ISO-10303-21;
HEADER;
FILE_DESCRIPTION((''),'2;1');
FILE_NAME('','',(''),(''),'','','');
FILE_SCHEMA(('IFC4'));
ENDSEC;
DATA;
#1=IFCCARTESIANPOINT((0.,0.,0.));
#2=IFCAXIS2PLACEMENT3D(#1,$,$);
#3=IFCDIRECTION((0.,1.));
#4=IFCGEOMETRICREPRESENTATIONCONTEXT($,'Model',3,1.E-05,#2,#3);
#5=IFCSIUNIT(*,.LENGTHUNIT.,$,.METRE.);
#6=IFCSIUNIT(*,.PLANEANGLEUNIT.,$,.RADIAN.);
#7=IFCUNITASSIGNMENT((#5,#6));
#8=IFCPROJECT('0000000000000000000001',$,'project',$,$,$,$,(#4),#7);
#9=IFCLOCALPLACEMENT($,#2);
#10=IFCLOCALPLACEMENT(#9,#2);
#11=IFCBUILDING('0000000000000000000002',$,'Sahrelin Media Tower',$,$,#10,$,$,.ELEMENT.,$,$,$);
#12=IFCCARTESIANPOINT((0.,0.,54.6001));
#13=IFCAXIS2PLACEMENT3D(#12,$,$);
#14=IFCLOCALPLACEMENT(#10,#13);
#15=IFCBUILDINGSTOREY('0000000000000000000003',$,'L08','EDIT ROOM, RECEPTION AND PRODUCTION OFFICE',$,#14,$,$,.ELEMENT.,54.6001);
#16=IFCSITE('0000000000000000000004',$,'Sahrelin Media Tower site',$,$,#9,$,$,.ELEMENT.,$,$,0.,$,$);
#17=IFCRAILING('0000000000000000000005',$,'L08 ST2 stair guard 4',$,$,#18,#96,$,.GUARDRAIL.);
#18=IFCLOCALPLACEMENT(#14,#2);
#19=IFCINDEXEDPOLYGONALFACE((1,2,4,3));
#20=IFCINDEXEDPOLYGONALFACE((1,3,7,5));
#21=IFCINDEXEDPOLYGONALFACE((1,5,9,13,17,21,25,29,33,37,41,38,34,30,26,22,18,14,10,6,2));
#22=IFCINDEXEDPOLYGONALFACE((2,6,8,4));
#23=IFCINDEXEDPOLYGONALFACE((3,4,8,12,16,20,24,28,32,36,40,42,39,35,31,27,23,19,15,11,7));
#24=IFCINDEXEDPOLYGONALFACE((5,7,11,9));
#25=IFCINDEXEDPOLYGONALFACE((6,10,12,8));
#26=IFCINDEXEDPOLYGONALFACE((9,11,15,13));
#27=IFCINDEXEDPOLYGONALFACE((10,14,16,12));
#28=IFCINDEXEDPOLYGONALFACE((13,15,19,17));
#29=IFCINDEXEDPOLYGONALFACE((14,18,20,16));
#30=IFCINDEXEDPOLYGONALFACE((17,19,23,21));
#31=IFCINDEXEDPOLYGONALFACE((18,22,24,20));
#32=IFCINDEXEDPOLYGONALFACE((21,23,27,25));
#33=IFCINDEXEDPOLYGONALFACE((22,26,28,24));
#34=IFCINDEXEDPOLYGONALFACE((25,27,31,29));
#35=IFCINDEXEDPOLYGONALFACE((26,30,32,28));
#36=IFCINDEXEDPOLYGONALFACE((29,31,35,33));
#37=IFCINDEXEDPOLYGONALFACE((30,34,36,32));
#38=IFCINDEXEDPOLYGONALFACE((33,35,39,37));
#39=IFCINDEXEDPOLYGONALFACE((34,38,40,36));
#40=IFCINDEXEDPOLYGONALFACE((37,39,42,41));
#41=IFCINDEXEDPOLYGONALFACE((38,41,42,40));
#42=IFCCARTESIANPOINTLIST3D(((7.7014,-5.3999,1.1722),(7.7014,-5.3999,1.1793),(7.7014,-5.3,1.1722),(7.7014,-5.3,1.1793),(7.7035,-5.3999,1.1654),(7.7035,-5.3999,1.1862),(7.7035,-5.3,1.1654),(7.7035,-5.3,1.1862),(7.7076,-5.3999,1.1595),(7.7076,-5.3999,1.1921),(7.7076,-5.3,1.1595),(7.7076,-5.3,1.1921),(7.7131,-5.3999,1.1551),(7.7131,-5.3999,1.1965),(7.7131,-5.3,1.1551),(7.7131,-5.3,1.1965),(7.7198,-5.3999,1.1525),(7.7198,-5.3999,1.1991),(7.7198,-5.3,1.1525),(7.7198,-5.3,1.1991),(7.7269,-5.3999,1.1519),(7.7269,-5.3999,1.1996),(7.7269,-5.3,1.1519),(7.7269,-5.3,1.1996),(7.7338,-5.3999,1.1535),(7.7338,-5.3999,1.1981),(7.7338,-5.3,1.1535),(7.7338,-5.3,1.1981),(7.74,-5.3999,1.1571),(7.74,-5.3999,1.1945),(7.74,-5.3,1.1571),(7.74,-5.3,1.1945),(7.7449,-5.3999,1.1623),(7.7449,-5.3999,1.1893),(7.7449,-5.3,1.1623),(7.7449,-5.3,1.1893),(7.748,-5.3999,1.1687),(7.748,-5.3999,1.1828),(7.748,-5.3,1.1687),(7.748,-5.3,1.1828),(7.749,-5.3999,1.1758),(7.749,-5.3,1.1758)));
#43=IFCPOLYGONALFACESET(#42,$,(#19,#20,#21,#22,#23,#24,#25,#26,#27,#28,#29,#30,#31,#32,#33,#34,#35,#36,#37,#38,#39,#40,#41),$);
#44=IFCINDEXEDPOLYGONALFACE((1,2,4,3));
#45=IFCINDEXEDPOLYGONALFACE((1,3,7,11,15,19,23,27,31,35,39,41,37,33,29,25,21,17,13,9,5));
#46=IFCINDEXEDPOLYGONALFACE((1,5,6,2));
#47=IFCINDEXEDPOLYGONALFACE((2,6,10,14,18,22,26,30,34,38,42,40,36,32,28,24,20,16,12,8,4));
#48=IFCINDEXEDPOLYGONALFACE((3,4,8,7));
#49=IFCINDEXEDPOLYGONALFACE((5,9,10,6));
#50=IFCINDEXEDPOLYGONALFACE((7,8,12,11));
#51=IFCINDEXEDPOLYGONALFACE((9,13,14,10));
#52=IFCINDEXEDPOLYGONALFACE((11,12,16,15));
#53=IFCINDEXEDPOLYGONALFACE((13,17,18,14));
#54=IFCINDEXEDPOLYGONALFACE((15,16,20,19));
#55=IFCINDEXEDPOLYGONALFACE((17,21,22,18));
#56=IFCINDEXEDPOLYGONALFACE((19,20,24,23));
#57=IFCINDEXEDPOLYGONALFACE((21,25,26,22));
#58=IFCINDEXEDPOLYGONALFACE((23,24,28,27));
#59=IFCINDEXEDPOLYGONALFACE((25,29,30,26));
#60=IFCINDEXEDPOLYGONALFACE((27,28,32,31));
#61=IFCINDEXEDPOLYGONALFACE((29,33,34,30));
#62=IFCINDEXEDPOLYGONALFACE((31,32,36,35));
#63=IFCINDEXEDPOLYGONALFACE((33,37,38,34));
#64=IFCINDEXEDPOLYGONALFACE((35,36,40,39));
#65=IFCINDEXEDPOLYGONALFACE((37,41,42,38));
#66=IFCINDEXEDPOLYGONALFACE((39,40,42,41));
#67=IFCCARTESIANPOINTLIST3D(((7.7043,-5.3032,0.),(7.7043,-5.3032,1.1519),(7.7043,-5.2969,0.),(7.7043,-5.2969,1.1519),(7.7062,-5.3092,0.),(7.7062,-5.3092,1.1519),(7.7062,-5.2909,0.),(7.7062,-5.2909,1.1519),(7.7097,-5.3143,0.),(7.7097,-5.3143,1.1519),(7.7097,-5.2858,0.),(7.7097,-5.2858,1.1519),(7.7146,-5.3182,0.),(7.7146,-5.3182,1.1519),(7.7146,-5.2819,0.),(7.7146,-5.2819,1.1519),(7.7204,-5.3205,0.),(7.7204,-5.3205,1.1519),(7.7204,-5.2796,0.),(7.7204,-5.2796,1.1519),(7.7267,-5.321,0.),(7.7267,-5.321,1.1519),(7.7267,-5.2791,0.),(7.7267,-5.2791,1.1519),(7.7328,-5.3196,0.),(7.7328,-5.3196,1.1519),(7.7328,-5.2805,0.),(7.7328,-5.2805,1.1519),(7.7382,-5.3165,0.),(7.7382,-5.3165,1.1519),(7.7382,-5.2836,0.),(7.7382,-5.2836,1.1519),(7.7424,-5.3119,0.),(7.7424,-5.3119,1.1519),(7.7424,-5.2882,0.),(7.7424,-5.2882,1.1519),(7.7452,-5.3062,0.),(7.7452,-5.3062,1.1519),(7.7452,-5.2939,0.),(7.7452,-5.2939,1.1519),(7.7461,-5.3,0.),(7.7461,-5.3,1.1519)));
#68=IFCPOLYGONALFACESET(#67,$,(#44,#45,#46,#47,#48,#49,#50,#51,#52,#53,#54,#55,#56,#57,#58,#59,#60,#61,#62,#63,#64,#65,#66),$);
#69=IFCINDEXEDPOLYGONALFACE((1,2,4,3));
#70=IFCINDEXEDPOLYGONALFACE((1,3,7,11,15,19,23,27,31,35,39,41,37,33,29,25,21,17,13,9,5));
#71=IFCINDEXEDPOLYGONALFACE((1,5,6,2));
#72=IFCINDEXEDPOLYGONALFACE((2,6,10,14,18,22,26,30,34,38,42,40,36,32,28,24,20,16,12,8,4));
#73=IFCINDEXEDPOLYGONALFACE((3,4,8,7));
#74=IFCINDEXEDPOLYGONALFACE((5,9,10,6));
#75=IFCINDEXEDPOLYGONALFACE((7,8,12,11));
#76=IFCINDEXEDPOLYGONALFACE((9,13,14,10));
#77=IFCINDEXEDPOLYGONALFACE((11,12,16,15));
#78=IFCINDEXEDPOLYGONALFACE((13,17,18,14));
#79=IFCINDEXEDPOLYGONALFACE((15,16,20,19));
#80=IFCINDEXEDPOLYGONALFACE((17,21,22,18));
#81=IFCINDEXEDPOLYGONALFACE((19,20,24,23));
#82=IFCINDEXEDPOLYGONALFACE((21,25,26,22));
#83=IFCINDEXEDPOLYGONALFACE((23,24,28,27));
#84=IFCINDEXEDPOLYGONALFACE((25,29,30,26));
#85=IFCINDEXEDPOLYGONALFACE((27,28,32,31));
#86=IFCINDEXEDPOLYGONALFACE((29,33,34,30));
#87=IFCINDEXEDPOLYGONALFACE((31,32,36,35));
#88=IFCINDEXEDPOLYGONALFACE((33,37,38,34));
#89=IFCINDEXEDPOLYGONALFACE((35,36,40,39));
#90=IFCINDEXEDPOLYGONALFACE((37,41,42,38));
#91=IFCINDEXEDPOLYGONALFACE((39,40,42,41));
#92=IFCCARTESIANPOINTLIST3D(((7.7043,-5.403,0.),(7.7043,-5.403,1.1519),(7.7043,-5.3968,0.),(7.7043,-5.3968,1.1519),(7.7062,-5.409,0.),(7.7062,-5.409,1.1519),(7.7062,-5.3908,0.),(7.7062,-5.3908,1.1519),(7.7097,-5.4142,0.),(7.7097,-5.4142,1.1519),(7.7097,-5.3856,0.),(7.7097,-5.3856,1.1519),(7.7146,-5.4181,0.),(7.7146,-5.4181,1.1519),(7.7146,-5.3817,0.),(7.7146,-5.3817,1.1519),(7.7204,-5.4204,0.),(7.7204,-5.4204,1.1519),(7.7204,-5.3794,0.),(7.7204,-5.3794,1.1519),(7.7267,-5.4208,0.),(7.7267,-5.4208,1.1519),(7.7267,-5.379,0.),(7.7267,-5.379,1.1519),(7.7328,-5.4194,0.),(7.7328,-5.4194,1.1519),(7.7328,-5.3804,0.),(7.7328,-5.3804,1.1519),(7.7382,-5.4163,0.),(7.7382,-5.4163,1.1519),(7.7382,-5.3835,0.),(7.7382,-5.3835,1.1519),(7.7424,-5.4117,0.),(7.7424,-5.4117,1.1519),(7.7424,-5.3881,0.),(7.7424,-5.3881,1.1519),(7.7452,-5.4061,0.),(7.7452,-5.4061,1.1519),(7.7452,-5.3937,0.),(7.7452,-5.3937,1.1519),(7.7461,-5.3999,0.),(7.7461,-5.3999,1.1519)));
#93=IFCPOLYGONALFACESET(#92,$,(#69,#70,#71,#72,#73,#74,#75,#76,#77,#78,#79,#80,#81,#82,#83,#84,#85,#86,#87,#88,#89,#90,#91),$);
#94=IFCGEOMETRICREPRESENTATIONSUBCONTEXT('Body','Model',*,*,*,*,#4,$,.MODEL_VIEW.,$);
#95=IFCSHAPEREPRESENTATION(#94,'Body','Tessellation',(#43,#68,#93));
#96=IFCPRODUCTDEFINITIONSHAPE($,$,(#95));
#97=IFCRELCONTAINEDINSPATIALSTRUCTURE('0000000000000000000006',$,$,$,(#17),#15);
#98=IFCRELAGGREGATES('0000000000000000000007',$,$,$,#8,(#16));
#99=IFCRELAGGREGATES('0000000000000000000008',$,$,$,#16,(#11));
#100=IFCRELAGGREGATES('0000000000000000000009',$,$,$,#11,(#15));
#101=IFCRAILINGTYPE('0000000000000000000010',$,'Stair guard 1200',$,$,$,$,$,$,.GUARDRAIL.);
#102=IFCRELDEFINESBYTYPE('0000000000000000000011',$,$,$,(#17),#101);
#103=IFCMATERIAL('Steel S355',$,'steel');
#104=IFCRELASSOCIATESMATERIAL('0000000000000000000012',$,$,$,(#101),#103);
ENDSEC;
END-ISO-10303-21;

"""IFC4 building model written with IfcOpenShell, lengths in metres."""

from ifc_helpers import new_model, si_unit, direction, frame, origin, origin_2d, place, context, subcontext, project, spatial, circle, extrude, material, type_object, element, save


model = new_model("IFC4")

# Units and contexts
model_context = context("Model", 3, precision=1e-05, world=origin(), true_north=direction((0.0, 1.0)))
body_context = subcontext(model_context, "Body", "Model", "MODEL_VIEW")
ifc_project = project(units=[si_unit("LENGTHUNIT", "METRE"), si_unit("PLANEANGLEUNIT", "RADIAN")], contexts=[model_context])

# Site, building, storey
site_placement = place(None, origin())
site = spatial("IfcSite", under=ifc_project, at=site_placement, Name="Sahrelin Media Tower site", CompositionType="ELEMENT", RefElevation=0.0)
building_placement = place(site_placement, origin())
building = spatial("IfcBuilding", under=site, at=building_placement, Name="Sahrelin Media Tower", CompositionType="ELEMENT")
storey_placement = place(building_placement, frame((0.0, 0.0, 54.6001)))
storey = spatial("IfcBuildingStorey", under=building, at=storey_placement, Name="L08", Description="EDIT ROOM, RECEPTION AND PRODUCTION OFFICE", CompositionType="ELEMENT", Elevation=54.6001)

# Shared definitions
ifc_material_1 = material(Name="Steel S355", Category="steel")

# Railing
railing_type_1 = type_object("IfcRailingType", Name="Stair guard 1200", PredefinedType="GUARDRAIL", material=ifc_material_1)
railing_1_placement = place(storey_placement, frame((7.7251, -5.3, 0.0)))
element("IfcRailing", 1, at=railing_1_placement, inside=storey, type_object=railing_type_1, Name="L08 ST2 stair guard 4", PredefinedType="GUARDRAIL", context=body_context, shape_type="SweptSolid", body=[
    extrude(circle(Radius=0.0239, at=origin_2d()), frame((0.0, 0.0, 1.1758), z_axis=(0.0, -1.0, 0.0), x_axis=(1.0, 0.0, 0.0)), (0.0, 0.0, 1.0), 0.0999),
    extrude(circle(Radius=0.021, at=origin_2d()), origin(), (0.0, 0.0, 1.0), 1.1519),
    extrude(circle(Radius=0.021, at=origin_2d()), frame((0.0, -0.0999, 0.0)), (0.0, 0.0, 1.0), 1.1519),
])

save(model, "model.ifc")
